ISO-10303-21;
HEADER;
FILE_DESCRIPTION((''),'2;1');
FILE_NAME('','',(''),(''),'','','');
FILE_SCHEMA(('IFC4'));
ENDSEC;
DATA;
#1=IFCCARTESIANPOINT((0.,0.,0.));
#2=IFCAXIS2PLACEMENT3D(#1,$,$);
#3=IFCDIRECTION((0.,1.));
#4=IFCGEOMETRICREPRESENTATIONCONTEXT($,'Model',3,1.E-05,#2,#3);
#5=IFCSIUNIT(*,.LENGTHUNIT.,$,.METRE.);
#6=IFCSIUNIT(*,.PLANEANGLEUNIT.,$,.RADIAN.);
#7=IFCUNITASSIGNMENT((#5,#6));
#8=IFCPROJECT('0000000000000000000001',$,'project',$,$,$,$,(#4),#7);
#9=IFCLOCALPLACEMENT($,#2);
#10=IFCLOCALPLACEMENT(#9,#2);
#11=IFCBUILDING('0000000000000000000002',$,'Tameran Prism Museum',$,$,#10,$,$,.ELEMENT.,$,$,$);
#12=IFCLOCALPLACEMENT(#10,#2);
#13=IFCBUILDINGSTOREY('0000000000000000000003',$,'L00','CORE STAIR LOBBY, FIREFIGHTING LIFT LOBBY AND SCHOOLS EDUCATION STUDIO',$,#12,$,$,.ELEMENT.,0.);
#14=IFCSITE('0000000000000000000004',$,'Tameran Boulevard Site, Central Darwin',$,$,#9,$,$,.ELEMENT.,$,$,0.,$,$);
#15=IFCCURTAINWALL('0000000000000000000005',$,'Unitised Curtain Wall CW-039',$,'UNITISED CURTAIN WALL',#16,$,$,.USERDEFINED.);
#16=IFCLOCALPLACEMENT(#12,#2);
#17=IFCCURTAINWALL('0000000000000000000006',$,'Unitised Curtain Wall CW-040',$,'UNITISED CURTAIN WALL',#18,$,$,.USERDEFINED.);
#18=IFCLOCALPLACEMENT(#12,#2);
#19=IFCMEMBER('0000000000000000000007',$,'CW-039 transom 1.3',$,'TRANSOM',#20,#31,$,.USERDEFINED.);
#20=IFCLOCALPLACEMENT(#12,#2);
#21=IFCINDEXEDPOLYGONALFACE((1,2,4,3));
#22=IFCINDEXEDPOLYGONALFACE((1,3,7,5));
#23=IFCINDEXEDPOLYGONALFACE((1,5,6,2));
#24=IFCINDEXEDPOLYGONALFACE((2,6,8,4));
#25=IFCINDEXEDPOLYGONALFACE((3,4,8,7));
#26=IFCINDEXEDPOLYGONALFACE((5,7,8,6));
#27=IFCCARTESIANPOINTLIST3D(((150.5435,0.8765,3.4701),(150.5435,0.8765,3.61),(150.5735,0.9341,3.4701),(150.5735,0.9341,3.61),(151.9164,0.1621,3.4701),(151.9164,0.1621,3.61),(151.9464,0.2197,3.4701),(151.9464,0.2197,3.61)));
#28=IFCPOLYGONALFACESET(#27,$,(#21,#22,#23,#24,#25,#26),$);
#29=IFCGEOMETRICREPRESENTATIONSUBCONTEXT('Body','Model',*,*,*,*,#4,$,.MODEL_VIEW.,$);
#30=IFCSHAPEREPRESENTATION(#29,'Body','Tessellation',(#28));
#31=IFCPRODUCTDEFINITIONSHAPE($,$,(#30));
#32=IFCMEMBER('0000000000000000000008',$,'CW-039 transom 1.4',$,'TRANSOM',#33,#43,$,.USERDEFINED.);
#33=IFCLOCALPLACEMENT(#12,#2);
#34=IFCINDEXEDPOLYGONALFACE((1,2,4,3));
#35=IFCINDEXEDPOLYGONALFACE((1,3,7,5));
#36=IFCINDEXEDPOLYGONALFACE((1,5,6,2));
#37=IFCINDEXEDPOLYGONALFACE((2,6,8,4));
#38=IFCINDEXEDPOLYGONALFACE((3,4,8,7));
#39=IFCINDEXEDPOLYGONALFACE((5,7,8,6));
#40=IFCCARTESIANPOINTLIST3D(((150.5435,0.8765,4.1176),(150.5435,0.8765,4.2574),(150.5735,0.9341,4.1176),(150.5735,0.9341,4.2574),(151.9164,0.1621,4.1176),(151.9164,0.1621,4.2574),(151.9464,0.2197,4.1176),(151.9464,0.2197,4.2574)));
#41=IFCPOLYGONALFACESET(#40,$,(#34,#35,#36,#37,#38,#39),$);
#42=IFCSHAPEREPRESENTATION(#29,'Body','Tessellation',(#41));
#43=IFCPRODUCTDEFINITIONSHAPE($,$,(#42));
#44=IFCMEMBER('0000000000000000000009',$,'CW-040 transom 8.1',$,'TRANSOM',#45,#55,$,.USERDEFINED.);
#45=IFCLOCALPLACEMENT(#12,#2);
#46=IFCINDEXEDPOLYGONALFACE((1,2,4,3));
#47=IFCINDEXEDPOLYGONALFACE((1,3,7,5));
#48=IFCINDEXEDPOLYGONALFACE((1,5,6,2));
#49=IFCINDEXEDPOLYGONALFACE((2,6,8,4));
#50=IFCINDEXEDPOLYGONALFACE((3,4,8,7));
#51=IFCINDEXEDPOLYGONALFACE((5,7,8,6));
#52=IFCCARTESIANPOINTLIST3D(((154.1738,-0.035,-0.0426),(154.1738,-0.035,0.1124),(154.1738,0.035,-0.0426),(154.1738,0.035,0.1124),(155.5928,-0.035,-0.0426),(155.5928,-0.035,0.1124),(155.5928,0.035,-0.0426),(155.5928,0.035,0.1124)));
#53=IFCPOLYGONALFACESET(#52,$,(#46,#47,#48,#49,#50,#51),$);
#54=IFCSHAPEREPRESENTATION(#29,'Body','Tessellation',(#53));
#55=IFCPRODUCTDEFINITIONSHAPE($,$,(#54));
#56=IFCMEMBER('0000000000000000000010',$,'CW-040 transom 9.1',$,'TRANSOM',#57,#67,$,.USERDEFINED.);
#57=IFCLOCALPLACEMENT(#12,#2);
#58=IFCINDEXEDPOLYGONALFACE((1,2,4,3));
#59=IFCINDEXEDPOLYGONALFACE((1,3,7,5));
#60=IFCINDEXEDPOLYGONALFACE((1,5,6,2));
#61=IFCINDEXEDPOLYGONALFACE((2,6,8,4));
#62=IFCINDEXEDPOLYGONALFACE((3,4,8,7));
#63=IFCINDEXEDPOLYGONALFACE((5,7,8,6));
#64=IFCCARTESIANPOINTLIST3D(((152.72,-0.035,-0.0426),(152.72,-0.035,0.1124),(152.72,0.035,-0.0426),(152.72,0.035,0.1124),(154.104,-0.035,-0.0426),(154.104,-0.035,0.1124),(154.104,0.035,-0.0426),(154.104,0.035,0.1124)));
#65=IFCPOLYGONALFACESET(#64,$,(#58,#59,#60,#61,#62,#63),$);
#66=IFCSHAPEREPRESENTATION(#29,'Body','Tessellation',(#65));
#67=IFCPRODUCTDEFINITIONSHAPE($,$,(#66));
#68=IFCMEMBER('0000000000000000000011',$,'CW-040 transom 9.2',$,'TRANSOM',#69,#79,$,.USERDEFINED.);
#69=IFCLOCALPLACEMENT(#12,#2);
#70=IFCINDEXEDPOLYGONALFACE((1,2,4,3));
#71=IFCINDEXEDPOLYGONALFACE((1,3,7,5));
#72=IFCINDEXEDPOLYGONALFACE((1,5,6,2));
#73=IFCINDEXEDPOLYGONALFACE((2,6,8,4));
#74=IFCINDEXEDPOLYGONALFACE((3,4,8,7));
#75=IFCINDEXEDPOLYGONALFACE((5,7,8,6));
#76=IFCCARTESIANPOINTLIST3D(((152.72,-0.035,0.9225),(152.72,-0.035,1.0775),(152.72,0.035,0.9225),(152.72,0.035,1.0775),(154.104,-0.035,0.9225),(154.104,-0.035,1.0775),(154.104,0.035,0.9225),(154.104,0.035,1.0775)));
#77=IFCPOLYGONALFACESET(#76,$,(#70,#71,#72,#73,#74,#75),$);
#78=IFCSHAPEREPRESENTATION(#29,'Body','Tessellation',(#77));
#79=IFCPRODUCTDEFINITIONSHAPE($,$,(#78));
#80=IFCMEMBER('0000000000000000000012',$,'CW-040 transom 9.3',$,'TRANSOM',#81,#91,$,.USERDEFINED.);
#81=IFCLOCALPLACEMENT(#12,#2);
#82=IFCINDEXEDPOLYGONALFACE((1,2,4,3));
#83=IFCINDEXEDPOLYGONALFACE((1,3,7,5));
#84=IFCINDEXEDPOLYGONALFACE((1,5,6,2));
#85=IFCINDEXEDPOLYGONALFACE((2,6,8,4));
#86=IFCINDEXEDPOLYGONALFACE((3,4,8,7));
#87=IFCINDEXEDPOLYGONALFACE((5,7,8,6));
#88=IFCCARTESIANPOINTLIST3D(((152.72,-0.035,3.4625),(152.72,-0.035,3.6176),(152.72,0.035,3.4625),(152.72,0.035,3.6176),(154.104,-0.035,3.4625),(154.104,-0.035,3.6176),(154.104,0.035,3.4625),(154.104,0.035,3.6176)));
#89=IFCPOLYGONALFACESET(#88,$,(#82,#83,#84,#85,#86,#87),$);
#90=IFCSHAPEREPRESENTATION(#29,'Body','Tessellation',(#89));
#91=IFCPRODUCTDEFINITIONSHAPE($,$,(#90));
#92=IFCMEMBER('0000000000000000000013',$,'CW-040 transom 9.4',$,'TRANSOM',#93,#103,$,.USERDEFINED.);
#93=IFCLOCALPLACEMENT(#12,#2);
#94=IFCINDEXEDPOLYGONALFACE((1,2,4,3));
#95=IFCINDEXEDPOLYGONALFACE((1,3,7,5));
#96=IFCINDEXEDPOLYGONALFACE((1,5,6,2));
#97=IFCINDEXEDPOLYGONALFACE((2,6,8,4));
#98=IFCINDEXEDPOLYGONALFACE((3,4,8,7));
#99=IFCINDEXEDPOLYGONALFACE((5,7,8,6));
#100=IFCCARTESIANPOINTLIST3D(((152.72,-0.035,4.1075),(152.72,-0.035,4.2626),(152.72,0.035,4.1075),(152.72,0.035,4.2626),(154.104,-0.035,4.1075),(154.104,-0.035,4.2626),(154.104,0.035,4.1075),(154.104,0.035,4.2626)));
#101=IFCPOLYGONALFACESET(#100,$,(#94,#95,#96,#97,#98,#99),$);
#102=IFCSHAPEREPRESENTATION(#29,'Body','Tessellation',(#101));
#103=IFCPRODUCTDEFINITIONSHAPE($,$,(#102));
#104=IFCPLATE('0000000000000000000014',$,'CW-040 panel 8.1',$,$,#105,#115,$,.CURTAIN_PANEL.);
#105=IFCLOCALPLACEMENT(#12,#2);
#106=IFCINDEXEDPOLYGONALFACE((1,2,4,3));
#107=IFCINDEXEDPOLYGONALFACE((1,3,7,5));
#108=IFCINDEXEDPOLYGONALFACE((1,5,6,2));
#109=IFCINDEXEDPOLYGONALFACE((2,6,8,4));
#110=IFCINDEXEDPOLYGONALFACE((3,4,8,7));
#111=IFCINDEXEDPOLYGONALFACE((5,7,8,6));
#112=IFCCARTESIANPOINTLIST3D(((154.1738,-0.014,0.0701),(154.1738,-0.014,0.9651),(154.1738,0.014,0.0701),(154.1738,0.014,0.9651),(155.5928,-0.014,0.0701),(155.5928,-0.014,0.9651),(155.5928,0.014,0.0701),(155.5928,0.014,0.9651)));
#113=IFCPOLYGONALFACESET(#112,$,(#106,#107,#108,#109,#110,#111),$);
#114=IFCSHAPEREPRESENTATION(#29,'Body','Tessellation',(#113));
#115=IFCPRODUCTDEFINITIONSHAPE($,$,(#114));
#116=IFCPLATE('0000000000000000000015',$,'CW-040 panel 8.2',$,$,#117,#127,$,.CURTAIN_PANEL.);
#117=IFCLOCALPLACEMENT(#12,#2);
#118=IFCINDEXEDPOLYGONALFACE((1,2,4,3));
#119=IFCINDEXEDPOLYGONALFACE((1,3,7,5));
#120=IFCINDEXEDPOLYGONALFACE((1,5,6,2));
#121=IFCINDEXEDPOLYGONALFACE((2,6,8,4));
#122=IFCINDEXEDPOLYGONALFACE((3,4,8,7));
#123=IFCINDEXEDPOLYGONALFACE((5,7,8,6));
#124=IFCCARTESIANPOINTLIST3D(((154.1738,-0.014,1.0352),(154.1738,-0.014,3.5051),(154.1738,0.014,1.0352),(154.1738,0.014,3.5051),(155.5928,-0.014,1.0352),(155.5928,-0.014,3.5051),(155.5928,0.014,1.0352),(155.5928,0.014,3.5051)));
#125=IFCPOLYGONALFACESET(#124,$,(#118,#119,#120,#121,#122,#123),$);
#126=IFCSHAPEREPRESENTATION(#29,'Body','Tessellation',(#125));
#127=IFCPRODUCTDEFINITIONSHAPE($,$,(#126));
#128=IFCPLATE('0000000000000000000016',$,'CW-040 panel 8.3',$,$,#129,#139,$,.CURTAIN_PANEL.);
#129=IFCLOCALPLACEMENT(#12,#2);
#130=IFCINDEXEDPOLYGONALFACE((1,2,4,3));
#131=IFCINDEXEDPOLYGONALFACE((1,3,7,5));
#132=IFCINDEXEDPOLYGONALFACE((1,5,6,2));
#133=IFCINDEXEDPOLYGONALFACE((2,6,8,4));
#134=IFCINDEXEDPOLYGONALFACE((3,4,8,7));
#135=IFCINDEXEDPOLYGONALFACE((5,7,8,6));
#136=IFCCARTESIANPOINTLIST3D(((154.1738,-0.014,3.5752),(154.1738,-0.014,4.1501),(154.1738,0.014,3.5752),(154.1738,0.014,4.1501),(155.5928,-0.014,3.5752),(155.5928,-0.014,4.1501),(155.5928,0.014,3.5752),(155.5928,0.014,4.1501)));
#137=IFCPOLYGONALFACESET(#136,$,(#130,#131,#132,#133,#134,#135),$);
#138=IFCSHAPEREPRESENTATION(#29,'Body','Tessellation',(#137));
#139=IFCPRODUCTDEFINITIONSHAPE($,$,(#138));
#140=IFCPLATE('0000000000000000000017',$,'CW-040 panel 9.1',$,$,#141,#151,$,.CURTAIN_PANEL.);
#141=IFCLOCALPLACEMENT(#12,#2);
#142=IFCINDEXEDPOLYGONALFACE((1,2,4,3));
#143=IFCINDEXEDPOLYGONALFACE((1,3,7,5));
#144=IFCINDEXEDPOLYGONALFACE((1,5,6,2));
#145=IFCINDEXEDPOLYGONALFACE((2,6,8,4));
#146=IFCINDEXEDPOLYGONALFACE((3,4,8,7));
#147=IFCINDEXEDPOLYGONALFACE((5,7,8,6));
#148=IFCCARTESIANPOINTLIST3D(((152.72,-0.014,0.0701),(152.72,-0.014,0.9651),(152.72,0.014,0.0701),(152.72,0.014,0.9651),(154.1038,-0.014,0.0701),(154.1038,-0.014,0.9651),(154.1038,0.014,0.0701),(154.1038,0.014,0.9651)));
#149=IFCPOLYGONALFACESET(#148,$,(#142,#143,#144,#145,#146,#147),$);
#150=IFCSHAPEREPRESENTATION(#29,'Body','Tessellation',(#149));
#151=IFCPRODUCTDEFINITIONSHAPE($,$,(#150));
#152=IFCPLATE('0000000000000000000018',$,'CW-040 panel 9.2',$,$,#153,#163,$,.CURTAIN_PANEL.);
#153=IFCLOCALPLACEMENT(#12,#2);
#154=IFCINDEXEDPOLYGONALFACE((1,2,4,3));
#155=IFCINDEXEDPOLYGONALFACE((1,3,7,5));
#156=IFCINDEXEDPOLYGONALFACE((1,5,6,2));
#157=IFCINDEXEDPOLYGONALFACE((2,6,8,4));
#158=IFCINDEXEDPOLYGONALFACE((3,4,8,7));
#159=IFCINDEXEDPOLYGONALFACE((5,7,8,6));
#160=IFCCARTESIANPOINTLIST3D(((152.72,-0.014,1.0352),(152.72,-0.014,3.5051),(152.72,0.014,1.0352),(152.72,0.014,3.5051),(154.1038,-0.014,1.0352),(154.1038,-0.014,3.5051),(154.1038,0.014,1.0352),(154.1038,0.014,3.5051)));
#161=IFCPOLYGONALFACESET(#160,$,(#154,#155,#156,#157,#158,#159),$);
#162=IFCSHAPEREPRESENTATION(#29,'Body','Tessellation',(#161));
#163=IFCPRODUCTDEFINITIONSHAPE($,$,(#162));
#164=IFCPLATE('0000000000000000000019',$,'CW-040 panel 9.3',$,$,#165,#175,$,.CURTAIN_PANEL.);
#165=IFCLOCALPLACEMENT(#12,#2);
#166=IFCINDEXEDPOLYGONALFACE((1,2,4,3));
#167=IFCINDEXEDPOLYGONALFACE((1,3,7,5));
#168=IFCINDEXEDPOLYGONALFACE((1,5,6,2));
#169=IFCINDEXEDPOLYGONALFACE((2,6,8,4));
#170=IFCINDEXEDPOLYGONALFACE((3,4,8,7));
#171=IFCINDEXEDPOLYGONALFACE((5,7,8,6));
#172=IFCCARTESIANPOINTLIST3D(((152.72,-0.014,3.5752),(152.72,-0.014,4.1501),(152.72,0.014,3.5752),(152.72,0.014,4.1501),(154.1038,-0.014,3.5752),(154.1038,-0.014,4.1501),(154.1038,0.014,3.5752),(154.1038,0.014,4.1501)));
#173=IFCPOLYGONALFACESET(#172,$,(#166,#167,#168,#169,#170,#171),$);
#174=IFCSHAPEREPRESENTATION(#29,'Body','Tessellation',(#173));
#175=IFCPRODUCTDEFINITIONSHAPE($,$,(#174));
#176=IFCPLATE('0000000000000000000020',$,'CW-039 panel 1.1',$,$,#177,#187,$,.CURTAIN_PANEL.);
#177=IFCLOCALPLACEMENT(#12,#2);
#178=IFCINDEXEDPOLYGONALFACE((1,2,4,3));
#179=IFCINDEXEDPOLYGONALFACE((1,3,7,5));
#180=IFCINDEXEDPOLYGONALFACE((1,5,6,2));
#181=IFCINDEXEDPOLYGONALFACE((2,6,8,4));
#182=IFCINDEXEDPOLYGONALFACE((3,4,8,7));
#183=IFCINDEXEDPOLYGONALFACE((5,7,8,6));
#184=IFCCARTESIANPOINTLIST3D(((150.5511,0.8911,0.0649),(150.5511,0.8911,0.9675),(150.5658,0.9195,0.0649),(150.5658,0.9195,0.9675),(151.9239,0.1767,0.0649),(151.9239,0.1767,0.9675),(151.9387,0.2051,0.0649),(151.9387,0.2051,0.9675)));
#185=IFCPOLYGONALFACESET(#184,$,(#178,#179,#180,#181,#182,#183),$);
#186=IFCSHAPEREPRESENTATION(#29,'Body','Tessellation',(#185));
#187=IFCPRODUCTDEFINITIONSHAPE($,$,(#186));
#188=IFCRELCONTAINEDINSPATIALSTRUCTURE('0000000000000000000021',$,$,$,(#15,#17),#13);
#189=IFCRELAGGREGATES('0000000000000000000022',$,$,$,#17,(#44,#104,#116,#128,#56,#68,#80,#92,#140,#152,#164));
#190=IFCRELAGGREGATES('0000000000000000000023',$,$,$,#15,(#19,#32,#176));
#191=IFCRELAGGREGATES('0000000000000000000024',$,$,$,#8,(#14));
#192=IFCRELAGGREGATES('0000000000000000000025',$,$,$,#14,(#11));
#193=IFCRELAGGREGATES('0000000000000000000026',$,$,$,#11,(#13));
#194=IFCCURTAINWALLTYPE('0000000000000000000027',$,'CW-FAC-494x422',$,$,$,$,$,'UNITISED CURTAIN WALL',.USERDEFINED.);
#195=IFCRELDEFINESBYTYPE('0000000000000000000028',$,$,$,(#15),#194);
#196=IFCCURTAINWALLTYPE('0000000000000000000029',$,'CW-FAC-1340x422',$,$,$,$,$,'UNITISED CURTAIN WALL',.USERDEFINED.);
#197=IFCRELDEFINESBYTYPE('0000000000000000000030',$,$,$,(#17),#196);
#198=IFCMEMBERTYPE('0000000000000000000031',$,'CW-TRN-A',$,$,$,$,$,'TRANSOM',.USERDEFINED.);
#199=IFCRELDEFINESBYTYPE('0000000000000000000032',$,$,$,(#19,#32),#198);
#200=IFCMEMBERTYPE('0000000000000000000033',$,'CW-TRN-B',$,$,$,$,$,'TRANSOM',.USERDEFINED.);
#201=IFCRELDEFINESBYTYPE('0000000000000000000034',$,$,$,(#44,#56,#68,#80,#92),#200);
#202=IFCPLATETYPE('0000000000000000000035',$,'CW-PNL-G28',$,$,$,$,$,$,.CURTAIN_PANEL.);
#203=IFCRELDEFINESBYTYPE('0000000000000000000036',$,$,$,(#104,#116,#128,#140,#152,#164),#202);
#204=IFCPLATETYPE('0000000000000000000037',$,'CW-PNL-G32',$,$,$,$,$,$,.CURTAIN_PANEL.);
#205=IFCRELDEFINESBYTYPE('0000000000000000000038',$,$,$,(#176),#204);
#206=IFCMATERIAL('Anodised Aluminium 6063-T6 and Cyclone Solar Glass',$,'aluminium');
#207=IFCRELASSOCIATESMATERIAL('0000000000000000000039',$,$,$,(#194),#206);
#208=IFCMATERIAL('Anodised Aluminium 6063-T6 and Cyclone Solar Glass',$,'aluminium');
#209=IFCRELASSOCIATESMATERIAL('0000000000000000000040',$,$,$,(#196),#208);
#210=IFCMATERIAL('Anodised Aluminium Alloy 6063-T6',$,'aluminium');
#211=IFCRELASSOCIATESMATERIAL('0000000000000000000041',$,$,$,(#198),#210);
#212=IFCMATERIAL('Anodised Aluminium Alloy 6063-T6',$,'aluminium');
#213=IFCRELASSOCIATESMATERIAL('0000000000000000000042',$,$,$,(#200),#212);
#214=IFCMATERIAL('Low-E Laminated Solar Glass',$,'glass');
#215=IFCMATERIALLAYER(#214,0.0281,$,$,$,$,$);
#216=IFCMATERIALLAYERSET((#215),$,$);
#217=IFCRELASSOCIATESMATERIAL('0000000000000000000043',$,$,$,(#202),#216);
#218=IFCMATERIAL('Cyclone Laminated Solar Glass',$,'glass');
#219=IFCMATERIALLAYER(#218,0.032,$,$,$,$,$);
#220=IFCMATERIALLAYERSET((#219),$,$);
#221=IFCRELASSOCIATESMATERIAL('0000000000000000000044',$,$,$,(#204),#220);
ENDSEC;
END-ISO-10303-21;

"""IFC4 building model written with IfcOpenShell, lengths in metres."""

from ifc_helpers import new_model, si_unit, direction, frame, origin, origin_2d, place, context, subcontext, project, spatial, rectangle, extrude, material, layer, layer_set, material_profile, profile_set, type_object, element, aggregate, save


model = new_model("IFC4")

# Units and contexts
model_context = context("Model", 3, precision=1e-05, world=origin(), true_north=direction((0.0, 1.0)))
body_context = subcontext(model_context, "Body", "Model", "MODEL_VIEW")
ifc_project = project(units=[si_unit("LENGTHUNIT", "METRE"), si_unit("PLANEANGLEUNIT", "RADIAN")], contexts=[model_context])

# Site, building, storey
site_placement = place(None, origin())
site = spatial("IfcSite", under=ifc_project, at=site_placement, Name="Tameran Boulevard Site, Central Darwin", CompositionType="ELEMENT", RefElevation=0.0)
building_placement = place(site_placement, origin())
building = spatial("IfcBuilding", under=site, at=building_placement, Name="Tameran Prism Museum", CompositionType="ELEMENT")
storey_placement = place(building_placement, origin())
storey = spatial("IfcBuildingStorey", under=building, at=storey_placement, Name="L00", Description="CORE STAIR LOBBY, FIREFIGHTING LIFT LOBBY AND SCHOOLS EDUCATION STUDIO", CompositionType="ELEMENT", Elevation=0.0)

# Curtain walls
ifc_material_1 = material(Name="Anodised Aluminium 6063-T6 and Cyclone Solar Glass", Category="aluminium")
curtain_wall_type_1 = type_object("IfcCurtainWallType", Name="CW-FAC-494x422", ElementType="UNITISED CURTAIN WALL", PredefinedType="USERDEFINED", material=ifc_material_1)
curtain_wall_1_placement = place(storey_placement, origin())
curtain_wall_1 = element("IfcCurtainWall", 1, at=curtain_wall_1_placement, inside=storey, type_object=curtain_wall_type_1, Name="Unitised Curtain Wall CW-039", ObjectType="UNITISED CURTAIN WALL", PredefinedType="USERDEFINED")
ifc_material_2 = material(Name="Anodised Aluminium 6063-T6 and Cyclone Solar Glass", Category="aluminium")
curtain_wall_type_2 = type_object("IfcCurtainWallType", Name="CW-FAC-1340x422", ElementType="UNITISED CURTAIN WALL", PredefinedType="USERDEFINED", material=ifc_material_2)
curtain_wall_2_placement = place(storey_placement, origin())
curtain_wall_2 = element("IfcCurtainWall", 2, at=curtain_wall_2_placement, inside=storey, type_object=curtain_wall_type_2, Name="Unitised Curtain Wall CW-040", ObjectType="UNITISED CURTAIN WALL", PredefinedType="USERDEFINED")

# Members
ifc_material_3 = material(Name="Anodised Aluminium Alloy 6063-T6", Category="aluminium")
ifc_material_profile_1 = material_profile(ifc_material_3, rectangle(XDim=0.0649, YDim=0.1399, at=origin_2d()))
ifc_profile_set_1 = profile_set([ifc_material_profile_1])
member_type_1 = type_object("IfcMemberType", Name="CW-TRN-A", ElementType="TRANSOM", PredefinedType="USERDEFINED", material=ifc_profile_set_1)
member_1_placement = place(storey_placement, frame((151.9314, 0.1909, 3.54), z_axis=(-0.887085, 0.461606, 0.0), x_axis=(-0.461606, -0.887085, 0.0)))
member_1 = element("IfcMember", 3, at=member_1_placement, type_object=member_type_1, Name="CW-039 transom 1.3", ObjectType="TRANSOM", PredefinedType="USERDEFINED", context=body_context, shape_type="SweptSolid", body=[
    extrude(rectangle(XDim=0.0649, YDim=0.1399, at=origin_2d()), origin(), (0.0, 0.0, 1.0), 1.5476),
])
member_2_placement = place(storey_placement, frame((151.9314, 0.1909, 4.1875), z_axis=(-0.887085, 0.461606, 0.0), x_axis=(-0.461606, -0.887085, 0.0)))
member_2 = element("IfcMember", 4, at=member_2_placement, type_object=member_type_1, Name="CW-039 transom 1.4", ObjectType="TRANSOM", PredefinedType="USERDEFINED", context=body_context, shape_type="SweptSolid", body=[
    extrude(rectangle(XDim=0.0649, YDim=0.1399, at=origin_2d()), origin(), (0.0, 0.0, 1.0), 1.5476),
])
ifc_material_4 = material(Name="Anodised Aluminium Alloy 6063-T6", Category="aluminium")
ifc_material_profile_2 = material_profile(ifc_material_4, rectangle(XDim=0.0701, YDim=0.155, at=origin_2d()))
ifc_profile_set_2 = profile_set([ifc_material_profile_2])
member_type_2 = type_object("IfcMemberType", Name="CW-TRN-B", ElementType="TRANSOM", PredefinedType="USERDEFINED", material=ifc_profile_set_2)
member_3_placement = place(storey_placement, frame((155.5928, 0.0, 0.0349), z_axis=(-1.0, 0.0, 0.0), x_axis=(0.0, -1.0, 0.0)))
member_3 = element("IfcMember", 5, at=member_3_placement, type_object=member_type_2, Name="CW-040 transom 8.1", ObjectType="TRANSOM", PredefinedType="USERDEFINED", context=body_context, shape_type="SweptSolid", body=[
    extrude(rectangle(XDim=0.0701, YDim=0.155, at=origin_2d()), origin(), (0.0, 0.0, 1.0), 1.4189),
])
member_4_placement = place(storey_placement, frame((154.104, 0.0, 0.0349), z_axis=(-1.0, 0.0, 0.0), x_axis=(0.0, -1.0, 0.0)))
member_4 = element("IfcMember", 6, at=member_4_placement, type_object=member_type_2, Name="CW-040 transom 9.1", ObjectType="TRANSOM", PredefinedType="USERDEFINED", context=body_context, shape_type="SweptSolid", body=[
    extrude(rectangle(XDim=0.0701, YDim=0.155, at=origin_2d()), origin(), (0.0, 0.0, 1.0), 1.384),
])
member_5_placement = place(storey_placement, frame((154.104, 0.0, 1.0), z_axis=(-1.0, 0.0, 0.0), x_axis=(0.0, -1.0, 0.0)))
member_5 = element("IfcMember", 7, at=member_5_placement, type_object=member_type_2, Name="CW-040 transom 9.2", ObjectType="TRANSOM", PredefinedType="USERDEFINED", context=body_context, shape_type="SweptSolid", body=[
    extrude(rectangle(XDim=0.0701, YDim=0.155, at=origin_2d()), origin(), (0.0, 0.0, 1.0), 1.384),
])
member_6_placement = place(storey_placement, frame((154.104, 0.0, 3.54), z_axis=(-1.0, 0.0, 0.0), x_axis=(0.0, -1.0, 0.0)))
member_6 = element("IfcMember", 8, at=member_6_placement, type_object=member_type_2, Name="CW-040 transom 9.3", ObjectType="TRANSOM", PredefinedType="USERDEFINED", context=body_context, shape_type="SweptSolid", body=[
    extrude(rectangle(XDim=0.0701, YDim=0.155, at=origin_2d()), origin(), (0.0, 0.0, 1.0), 1.384),
])
member_7_placement = place(storey_placement, frame((154.104, 0.0, 4.1851), z_axis=(-1.0, 0.0, 0.0), x_axis=(0.0, -1.0, 0.0)))
member_7 = element("IfcMember", 9, at=member_7_placement, type_object=member_type_2, Name="CW-040 transom 9.4", ObjectType="TRANSOM", PredefinedType="USERDEFINED", context=body_context, shape_type="SweptSolid", body=[
    extrude(rectangle(XDim=0.0701, YDim=0.155, at=origin_2d()), origin(), (0.0, 0.0, 1.0), 1.384),
])

# Plates
ifc_material_5 = material(Name="Low-E Laminated Solar Glass", Category="glass")
ifc_layer_1 = layer(ifc_material_5, 0.0281)
ifc_layer_set_1 = layer_set([ifc_layer_1])
plate_type_1 = type_object("IfcPlateType", Name="CW-PNL-G28", PredefinedType="CURTAIN_PANEL", material=ifc_layer_set_1)
plate_1_placement = place(storey_placement, frame((154.8833, 0.0, 0.0701), z_axis=(0.0, 0.0, 1.0), x_axis=(-1.0, 0.0, 0.0)))
plate_1 = element("IfcPlate", 10, at=plate_1_placement, type_object=plate_type_1, Name="CW-040 panel 8.1", PredefinedType="CURTAIN_PANEL", context=body_context, shape_type="SweptSolid", body=[
    extrude(rectangle(XDim=1.4189, YDim=0.0281, at=origin_2d()), origin(), (0.0, 0.0, 1.0), 0.895),
])
plate_2_placement = place(storey_placement, frame((154.8833, 0.0, 1.0352), z_axis=(0.0, 0.0, 1.0), x_axis=(-1.0, 0.0, 0.0)))
plate_2 = element("IfcPlate", 11, at=plate_2_placement, type_object=plate_type_1, Name="CW-040 panel 8.2", PredefinedType="CURTAIN_PANEL", context=body_context, shape_type="SweptSolid", body=[
    extrude(rectangle(XDim=1.4189, YDim=0.0281, at=origin_2d()), origin(), (0.0, 0.0, 1.0), 2.47),
])
plate_3_placement = place(storey_placement, frame((154.8833, 0.0, 3.5752), z_axis=(0.0, 0.0, 1.0), x_axis=(-1.0, 0.0, 0.0)))
plate_3 = element("IfcPlate", 12, at=plate_3_placement, type_object=plate_type_1, Name="CW-040 panel 8.3", PredefinedType="CURTAIN_PANEL", context=body_context, shape_type="SweptSolid", body=[
    extrude(rectangle(XDim=1.4189, YDim=0.0281, at=origin_2d()), origin(), (0.0, 0.0, 1.0), 0.575),
])
plate_4_placement = place(storey_placement, frame((153.4119, 0.0, 0.0701), z_axis=(0.0, 0.0, 1.0), x_axis=(-1.0, 0.0, 0.0)))
plate_4 = element("IfcPlate", 13, at=plate_4_placement, type_object=plate_type_1, Name="CW-040 panel 9.1", PredefinedType="CURTAIN_PANEL", context=body_context, shape_type="SweptSolid", body=[
    extrude(rectangle(XDim=1.3838, YDim=0.0281, at=origin_2d()), origin(), (0.0, 0.0, 1.0), 0.895),
])
plate_5_placement = place(storey_placement, frame((153.4119, 0.0, 1.0352), z_axis=(0.0, 0.0, 1.0), x_axis=(-1.0, 0.0, 0.0)))
plate_5 = element("IfcPlate", 14, at=plate_5_placement, type_object=plate_type_1, Name="CW-040 panel 9.2", PredefinedType="CURTAIN_PANEL", context=body_context, shape_type="SweptSolid", body=[
    extrude(rectangle(XDim=1.3838, YDim=0.0281, at=origin_2d()), origin(), (0.0, 0.0, 1.0), 2.47),
])
plate_6_placement = place(storey_placement, frame((153.4119, 0.0, 3.5752), z_axis=(0.0, 0.0, 1.0), x_axis=(-1.0, 0.0, 0.0)))
plate_6 = element("IfcPlate", 15, at=plate_6_placement, type_object=plate_type_1, Name="CW-040 panel 9.3", PredefinedType="CURTAIN_PANEL", context=body_context, shape_type="SweptSolid", body=[
    extrude(rectangle(XDim=1.3838, YDim=0.0281, at=origin_2d()), origin(), (0.0, 0.0, 1.0), 0.575),
])
aggregate(curtain_wall_2, [member_3, plate_1, plate_2, plate_3, member_4, member_5, member_6, member_7, plate_4, plate_5, plate_6])
ifc_material_6 = material(Name="Cyclone Laminated Solar Glass", Category="glass")
ifc_layer_2 = layer(ifc_material_6, 0.032)
ifc_layer_set_2 = layer_set([ifc_layer_2])
plate_type_2 = type_object("IfcPlateType", Name="CW-PNL-G32", PredefinedType="CURTAIN_PANEL", material=ifc_layer_set_2)
plate_7_placement = place(storey_placement, frame((151.2449, 0.5481, 0.0649), z_axis=(0.0, 0.0, 1.0), x_axis=(-0.887097, 0.461582, 0.0)))
plate_7 = element("IfcPlate", 16, at=plate_7_placement, type_object=plate_type_2, Name="CW-039 panel 1.1", PredefinedType="CURTAIN_PANEL", context=body_context, shape_type="SweptSolid", body=[
    extrude(rectangle(XDim=1.5476, YDim=0.032, at=origin_2d()), origin(), (0.0, 0.0, 1.0), 0.9026),
])
aggregate(curtain_wall_1, [member_1, member_2, plate_7])

save(model, "model.ifc")
